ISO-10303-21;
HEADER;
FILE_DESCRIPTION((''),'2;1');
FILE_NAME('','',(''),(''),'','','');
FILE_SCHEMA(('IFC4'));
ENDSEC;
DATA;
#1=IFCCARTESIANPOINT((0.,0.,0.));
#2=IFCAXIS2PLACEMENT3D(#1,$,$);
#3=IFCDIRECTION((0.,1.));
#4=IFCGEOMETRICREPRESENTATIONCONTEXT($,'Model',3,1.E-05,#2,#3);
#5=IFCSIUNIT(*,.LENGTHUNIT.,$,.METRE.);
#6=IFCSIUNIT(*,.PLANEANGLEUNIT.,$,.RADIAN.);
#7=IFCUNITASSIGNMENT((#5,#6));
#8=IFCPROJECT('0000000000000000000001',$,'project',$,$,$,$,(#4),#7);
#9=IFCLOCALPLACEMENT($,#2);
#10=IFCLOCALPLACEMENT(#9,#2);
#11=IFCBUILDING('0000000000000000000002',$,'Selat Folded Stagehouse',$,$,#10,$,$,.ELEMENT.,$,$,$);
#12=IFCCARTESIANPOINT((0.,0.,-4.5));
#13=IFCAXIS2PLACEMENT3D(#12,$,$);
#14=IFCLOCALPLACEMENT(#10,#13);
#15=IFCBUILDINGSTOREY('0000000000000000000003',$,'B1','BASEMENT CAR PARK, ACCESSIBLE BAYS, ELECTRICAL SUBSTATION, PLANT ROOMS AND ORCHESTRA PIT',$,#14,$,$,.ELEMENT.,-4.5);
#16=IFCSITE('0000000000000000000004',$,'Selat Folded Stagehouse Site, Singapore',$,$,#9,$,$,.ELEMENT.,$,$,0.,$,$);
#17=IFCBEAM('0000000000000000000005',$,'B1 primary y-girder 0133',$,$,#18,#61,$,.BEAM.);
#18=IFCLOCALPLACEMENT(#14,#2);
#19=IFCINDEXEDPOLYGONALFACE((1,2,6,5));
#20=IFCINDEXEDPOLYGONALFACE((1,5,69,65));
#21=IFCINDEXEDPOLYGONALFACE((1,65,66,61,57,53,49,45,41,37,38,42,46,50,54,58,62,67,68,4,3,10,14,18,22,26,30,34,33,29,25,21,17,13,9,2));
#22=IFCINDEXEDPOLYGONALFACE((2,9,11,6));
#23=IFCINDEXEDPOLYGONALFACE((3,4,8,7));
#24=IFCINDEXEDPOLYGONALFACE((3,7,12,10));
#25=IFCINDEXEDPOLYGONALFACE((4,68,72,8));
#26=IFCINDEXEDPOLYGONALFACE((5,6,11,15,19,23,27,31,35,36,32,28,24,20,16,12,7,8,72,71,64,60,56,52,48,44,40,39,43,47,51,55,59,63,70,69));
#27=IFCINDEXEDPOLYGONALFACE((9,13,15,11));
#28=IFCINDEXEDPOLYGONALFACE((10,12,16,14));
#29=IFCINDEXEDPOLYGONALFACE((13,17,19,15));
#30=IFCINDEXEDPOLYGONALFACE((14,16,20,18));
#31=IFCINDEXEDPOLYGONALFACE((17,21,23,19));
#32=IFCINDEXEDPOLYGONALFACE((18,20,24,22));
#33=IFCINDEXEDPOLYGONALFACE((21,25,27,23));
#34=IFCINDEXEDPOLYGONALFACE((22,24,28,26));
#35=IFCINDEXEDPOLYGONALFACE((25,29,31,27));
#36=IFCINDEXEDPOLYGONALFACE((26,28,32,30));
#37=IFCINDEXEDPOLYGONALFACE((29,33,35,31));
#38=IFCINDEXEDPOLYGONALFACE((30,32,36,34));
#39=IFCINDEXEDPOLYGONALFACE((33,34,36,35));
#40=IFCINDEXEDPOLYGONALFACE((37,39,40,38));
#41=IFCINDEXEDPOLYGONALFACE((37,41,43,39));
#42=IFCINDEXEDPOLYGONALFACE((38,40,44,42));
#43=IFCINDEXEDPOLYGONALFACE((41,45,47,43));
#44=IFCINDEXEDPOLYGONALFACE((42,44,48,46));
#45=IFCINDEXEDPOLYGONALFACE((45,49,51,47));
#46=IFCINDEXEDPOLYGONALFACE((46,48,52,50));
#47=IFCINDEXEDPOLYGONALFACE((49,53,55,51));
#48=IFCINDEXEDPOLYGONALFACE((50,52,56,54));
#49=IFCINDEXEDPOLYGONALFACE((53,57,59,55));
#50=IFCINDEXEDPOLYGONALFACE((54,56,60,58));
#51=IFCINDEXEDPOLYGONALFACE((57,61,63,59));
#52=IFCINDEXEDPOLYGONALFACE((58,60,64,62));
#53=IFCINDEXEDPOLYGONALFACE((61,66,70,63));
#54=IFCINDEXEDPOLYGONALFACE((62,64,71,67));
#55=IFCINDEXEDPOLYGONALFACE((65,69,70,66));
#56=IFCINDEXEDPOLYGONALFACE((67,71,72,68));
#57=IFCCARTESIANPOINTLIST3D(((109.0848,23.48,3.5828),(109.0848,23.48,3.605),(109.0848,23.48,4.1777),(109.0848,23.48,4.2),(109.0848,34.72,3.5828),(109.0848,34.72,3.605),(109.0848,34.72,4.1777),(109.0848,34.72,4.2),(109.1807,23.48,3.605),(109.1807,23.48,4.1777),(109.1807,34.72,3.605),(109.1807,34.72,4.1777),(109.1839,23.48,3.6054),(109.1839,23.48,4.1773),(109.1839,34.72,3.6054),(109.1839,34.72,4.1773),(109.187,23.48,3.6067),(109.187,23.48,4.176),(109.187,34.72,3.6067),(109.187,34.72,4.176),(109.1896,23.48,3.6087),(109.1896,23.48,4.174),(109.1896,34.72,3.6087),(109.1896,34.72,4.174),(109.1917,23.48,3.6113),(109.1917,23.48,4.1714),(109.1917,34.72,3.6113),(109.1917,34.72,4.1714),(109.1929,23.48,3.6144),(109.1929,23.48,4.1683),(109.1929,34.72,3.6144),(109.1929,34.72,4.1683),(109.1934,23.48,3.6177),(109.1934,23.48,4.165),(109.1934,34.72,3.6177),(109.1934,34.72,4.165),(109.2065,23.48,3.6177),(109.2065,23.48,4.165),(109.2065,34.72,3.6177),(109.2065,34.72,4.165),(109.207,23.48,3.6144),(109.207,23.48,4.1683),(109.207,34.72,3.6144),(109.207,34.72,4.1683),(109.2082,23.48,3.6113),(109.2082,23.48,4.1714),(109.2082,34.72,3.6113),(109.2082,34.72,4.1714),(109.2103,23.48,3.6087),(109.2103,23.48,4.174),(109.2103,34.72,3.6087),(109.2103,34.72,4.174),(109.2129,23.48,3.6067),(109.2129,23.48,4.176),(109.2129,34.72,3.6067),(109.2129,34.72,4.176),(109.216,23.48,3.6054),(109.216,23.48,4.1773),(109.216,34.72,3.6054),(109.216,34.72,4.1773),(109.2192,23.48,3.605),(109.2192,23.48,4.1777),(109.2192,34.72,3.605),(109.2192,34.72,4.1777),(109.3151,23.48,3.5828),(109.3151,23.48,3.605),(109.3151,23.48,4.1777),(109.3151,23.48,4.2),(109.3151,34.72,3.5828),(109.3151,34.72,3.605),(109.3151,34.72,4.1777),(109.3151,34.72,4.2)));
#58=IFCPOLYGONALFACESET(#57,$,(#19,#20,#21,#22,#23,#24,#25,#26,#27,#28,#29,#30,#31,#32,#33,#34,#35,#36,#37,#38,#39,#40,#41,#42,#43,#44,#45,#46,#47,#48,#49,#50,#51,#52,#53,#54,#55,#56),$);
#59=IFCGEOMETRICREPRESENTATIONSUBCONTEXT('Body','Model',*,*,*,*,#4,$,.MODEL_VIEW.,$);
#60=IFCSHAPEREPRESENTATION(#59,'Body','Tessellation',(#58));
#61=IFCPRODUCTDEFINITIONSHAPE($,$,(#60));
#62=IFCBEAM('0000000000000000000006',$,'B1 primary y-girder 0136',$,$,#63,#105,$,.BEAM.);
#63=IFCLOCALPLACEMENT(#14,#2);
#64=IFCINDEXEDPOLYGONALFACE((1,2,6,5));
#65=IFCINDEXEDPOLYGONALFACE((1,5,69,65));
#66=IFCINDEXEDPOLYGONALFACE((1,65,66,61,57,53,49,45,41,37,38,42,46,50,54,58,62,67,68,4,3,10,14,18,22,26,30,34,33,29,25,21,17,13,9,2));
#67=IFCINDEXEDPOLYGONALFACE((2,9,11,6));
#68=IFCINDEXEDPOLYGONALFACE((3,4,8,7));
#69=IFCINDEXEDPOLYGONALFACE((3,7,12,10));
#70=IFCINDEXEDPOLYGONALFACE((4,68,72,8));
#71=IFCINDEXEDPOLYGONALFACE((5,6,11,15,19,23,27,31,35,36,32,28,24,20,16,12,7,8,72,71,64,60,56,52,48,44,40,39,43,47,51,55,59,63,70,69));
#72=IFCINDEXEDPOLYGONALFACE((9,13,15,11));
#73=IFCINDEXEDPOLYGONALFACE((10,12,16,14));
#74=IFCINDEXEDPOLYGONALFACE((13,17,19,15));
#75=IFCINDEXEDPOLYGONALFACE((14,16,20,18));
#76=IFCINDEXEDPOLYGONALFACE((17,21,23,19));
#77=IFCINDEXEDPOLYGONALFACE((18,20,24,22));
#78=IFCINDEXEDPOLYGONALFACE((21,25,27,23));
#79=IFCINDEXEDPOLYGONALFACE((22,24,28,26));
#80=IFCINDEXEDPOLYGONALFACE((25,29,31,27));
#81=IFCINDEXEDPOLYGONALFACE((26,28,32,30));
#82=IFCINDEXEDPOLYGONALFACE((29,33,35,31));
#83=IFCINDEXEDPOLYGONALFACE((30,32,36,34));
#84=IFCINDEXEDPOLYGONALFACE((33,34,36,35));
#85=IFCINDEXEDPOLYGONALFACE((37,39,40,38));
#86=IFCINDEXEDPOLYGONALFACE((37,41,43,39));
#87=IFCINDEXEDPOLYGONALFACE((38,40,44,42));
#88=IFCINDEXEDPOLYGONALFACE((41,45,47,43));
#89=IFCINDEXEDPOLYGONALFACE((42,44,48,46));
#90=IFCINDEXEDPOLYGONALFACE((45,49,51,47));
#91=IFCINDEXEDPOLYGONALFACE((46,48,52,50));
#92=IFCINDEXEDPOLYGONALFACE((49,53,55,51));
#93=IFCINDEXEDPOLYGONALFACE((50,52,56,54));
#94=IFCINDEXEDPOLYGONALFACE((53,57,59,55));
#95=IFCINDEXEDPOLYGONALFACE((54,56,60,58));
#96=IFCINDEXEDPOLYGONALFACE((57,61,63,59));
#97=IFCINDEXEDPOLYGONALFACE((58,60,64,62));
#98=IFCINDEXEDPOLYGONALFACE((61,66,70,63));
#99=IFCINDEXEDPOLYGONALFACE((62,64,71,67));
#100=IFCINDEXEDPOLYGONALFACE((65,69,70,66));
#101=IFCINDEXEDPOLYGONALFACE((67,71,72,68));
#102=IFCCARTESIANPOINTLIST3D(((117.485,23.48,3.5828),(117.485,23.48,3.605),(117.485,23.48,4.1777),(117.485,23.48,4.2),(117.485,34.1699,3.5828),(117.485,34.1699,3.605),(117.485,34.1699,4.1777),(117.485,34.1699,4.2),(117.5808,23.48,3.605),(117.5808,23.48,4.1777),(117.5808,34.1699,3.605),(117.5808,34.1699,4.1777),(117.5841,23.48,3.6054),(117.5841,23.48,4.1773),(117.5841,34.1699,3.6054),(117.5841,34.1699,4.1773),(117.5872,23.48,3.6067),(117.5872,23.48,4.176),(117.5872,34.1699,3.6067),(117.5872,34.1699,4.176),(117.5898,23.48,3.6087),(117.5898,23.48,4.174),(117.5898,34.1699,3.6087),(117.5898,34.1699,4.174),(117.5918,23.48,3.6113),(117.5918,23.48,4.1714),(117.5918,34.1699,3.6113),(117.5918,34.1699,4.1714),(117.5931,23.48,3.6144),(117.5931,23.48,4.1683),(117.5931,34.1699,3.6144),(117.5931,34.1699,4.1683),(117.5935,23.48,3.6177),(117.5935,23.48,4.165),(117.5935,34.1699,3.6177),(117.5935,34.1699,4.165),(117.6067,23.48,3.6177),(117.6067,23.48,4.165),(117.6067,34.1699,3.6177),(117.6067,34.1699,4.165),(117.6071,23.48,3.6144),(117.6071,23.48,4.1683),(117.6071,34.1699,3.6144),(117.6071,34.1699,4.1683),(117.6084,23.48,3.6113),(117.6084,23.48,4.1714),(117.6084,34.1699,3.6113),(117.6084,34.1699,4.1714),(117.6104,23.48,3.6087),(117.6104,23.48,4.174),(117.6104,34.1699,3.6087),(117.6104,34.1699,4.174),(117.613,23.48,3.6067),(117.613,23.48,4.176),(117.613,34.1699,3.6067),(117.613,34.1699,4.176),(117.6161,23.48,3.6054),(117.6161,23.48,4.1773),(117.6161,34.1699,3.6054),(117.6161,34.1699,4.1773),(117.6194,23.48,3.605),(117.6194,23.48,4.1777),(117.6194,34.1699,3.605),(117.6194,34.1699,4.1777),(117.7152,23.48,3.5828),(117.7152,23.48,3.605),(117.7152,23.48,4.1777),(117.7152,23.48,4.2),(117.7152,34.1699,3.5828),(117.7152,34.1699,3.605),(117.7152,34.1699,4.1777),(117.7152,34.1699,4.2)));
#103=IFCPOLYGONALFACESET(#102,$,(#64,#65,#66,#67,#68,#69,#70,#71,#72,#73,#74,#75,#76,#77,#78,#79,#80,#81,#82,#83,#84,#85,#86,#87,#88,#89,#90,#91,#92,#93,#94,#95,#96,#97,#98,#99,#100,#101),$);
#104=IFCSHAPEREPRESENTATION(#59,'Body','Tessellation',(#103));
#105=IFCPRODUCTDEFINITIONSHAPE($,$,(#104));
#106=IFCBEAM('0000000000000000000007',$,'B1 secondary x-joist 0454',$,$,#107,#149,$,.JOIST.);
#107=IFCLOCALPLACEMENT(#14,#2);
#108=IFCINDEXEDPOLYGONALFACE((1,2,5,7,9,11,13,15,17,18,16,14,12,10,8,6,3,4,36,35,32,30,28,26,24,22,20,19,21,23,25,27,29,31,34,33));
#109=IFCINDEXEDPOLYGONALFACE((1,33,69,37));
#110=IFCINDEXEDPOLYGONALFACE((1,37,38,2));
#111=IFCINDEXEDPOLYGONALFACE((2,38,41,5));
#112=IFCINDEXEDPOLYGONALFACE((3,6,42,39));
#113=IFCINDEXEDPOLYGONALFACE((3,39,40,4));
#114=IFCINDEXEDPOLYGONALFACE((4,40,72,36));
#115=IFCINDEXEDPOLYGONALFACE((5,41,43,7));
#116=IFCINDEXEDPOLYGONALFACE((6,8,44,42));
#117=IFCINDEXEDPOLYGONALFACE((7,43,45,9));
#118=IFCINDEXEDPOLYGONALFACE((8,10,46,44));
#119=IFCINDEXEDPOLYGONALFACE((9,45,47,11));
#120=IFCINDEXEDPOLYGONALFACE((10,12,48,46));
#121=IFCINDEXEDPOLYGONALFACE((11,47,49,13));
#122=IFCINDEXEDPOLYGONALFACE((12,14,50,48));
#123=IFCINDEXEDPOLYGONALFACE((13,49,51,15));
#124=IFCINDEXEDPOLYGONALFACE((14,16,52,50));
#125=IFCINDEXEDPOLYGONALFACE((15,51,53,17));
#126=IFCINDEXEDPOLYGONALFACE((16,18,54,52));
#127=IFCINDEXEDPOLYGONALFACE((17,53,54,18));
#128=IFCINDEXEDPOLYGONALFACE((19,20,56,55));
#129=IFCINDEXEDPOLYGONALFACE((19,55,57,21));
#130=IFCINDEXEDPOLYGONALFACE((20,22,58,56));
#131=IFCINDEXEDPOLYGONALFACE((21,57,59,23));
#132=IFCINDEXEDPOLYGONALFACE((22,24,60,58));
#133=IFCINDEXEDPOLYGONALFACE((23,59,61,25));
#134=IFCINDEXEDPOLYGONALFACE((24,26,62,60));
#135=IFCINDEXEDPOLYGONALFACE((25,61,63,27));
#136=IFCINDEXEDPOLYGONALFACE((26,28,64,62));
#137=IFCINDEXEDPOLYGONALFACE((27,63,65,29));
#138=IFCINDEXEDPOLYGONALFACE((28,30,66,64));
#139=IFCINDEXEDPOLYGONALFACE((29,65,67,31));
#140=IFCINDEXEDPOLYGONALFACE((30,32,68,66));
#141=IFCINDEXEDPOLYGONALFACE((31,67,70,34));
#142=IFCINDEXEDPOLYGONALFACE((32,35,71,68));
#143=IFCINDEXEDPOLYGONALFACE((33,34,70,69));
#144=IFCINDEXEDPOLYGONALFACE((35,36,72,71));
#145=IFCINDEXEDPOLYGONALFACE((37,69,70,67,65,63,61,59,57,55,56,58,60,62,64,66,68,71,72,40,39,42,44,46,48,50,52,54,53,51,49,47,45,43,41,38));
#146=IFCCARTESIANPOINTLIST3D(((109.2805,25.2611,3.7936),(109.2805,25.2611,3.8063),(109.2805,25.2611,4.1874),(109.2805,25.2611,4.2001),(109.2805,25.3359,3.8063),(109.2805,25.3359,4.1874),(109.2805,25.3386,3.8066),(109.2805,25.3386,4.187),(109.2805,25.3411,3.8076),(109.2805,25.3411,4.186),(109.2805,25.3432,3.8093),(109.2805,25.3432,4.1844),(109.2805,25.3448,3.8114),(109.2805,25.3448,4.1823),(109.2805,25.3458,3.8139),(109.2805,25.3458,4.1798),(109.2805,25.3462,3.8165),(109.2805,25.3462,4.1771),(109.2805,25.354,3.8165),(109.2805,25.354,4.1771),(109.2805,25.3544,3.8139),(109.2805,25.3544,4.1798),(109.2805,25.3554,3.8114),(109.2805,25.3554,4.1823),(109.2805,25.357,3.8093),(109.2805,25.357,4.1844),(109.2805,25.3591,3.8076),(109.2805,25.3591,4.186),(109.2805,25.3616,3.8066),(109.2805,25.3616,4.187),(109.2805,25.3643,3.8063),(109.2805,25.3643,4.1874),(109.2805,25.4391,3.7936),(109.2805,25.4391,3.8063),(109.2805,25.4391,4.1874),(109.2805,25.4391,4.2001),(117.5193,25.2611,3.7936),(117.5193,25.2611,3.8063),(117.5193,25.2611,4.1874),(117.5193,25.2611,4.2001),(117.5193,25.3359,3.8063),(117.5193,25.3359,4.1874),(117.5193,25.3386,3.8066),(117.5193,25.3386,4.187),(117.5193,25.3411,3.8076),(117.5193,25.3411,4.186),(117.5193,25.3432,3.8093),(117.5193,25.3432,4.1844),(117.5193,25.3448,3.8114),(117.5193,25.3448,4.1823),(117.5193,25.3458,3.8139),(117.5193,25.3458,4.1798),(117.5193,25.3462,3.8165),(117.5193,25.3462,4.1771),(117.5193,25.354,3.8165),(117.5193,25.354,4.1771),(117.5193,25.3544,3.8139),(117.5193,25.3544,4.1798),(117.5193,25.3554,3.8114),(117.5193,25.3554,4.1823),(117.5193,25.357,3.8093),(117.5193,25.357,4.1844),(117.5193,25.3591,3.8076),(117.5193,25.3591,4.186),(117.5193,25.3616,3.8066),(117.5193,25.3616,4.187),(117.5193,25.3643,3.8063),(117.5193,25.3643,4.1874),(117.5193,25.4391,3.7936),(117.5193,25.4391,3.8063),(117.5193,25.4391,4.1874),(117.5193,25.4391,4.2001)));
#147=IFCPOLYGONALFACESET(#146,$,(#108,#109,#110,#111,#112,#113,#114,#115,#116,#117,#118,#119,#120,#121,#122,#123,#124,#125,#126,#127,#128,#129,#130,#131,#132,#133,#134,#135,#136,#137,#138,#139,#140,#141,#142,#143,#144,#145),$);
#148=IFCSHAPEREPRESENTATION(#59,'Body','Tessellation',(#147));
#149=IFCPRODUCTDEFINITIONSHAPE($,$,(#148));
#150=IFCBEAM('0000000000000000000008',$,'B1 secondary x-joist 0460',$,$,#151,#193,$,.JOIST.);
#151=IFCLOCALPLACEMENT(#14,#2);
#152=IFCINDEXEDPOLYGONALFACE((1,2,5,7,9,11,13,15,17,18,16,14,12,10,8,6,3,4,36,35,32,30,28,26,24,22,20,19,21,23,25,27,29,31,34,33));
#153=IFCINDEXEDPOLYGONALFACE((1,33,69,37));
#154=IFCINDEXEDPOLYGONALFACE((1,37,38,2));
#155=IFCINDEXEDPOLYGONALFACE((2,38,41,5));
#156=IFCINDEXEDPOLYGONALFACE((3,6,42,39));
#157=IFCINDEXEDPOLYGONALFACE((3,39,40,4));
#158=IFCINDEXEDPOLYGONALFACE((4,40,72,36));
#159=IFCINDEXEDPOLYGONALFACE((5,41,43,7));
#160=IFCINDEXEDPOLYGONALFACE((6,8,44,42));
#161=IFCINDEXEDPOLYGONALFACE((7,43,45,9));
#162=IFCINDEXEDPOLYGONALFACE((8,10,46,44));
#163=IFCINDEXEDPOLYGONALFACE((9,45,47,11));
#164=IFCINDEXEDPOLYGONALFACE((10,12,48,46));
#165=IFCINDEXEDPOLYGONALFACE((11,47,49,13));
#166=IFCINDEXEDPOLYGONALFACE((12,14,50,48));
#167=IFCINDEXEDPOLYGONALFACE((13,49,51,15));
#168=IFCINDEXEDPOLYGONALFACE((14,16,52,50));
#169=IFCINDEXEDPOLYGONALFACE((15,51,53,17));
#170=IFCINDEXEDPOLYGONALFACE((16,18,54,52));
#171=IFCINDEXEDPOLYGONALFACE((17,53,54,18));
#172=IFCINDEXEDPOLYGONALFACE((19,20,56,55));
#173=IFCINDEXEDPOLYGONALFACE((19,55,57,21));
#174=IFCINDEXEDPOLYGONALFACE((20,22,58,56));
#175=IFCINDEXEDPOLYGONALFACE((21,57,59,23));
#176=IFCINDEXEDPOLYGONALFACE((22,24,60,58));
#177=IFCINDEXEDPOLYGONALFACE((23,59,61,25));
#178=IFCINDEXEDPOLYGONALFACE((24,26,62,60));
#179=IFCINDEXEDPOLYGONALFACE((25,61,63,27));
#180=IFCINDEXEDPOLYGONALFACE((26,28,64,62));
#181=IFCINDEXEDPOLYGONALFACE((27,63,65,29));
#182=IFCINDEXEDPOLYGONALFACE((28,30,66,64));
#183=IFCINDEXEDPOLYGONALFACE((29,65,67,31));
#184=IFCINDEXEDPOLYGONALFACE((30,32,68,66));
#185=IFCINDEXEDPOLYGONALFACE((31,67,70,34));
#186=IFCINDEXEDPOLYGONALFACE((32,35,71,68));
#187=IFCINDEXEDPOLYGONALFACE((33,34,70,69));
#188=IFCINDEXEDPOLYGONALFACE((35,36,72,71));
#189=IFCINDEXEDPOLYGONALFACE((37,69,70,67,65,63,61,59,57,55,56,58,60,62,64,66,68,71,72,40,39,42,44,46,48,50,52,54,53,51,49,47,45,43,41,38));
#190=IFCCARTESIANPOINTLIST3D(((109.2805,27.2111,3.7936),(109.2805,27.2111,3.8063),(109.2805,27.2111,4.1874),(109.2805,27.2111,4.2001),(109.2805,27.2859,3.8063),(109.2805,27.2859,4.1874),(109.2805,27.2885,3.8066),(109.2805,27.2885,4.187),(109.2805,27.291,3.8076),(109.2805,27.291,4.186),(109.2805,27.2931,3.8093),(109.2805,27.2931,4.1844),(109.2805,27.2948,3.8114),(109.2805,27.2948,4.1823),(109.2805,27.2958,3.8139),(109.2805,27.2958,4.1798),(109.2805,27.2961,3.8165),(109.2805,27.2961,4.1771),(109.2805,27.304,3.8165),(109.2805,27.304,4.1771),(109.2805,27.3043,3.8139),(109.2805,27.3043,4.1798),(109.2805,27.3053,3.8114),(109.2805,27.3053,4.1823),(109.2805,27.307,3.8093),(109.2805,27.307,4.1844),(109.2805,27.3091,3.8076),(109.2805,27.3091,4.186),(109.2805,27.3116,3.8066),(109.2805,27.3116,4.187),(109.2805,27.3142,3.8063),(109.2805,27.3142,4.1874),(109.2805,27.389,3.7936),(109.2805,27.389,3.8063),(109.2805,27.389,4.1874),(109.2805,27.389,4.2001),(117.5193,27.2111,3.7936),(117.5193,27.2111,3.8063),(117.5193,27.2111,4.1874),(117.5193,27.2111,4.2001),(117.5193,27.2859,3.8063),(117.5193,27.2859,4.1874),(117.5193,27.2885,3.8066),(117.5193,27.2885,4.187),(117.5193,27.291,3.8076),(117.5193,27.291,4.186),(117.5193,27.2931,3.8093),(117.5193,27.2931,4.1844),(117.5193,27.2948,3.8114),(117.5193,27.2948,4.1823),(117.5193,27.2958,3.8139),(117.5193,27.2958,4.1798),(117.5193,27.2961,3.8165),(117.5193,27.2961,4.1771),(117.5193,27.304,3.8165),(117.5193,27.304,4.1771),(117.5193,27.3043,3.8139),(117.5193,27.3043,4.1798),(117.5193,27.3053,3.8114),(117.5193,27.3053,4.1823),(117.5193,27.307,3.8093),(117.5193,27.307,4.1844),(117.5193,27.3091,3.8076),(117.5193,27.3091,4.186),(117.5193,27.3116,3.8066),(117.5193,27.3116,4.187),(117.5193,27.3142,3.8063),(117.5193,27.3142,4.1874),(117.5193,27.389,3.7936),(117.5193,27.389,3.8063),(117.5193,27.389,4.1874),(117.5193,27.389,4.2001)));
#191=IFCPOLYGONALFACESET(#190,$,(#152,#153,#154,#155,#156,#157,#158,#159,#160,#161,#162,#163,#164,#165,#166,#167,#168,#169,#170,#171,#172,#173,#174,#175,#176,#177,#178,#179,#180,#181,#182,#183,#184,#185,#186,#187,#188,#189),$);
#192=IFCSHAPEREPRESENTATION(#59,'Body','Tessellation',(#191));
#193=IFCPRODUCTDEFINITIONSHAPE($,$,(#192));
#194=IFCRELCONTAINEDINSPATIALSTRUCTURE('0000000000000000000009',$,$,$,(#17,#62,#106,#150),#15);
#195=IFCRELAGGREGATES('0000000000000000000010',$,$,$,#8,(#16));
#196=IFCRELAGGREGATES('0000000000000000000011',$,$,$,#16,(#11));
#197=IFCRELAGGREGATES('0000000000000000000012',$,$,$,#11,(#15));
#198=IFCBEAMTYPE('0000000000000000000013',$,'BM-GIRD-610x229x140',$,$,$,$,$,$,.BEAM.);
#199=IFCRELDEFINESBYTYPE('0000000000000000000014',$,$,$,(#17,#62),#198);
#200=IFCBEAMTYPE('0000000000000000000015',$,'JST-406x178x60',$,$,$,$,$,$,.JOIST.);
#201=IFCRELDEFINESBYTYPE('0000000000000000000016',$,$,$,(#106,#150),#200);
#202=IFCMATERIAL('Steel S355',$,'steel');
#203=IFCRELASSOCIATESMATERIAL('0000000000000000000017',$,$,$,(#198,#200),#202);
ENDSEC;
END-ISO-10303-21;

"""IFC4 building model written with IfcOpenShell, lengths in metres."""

from ifc_helpers import new_model, si_unit, direction, frame, origin, origin_2d, place, context, subcontext, project, spatial, i_section, extrude, material, material_profile, profile_set, type_object, element, save


model = new_model("IFC4")

# Units and contexts
model_context = context("Model", 3, precision=1e-05, world=origin(), true_north=direction((0.0, 1.0)))
body_context = subcontext(model_context, "Body", "Model", "MODEL_VIEW")
ifc_project = project(units=[si_unit("LENGTHUNIT", "METRE"), si_unit("PLANEANGLEUNIT", "RADIAN")], contexts=[model_context])

# Site, building, storey
site_placement = place(None, origin())
site = spatial("IfcSite", under=ifc_project, at=site_placement, Name="Selat Folded Stagehouse Site, Singapore", CompositionType="ELEMENT", RefElevation=0.0)
building_placement = place(site_placement, origin())
building = spatial("IfcBuilding", under=site, at=building_placement, Name="Selat Folded Stagehouse", CompositionType="ELEMENT")
storey_placement = place(building_placement, frame((0.0, 0.0, -4.5)))
storey = spatial("IfcBuildingStorey", under=building, at=storey_placement, Name="B1", Description="BASEMENT CAR PARK, ACCESSIBLE BAYS, ELECTRICAL SUBSTATION, PLANT ROOMS AND ORCHESTRA PIT", CompositionType="ELEMENT", Elevation=-4.5)

# Beams
ifc_material_1 = material(Name="Steel S355", Category="steel")
ifc_material_profile_1 = material_profile(ifc_material_1, i_section(OverallWidth=0.2302, OverallDepth=0.6172, WebThickness=0.0132, FlangeThickness=0.0222, FilletRadius=0.0127, at=origin_2d()), Name="UKB 610x229x140")
ifc_profile_set_1 = profile_set([ifc_material_profile_1], Name="Steel S355")
beam_type_1 = type_object("IfcBeamType", Name="BM-GIRD-610x229x140", PredefinedType="BEAM", material=ifc_profile_set_1)
beam_1_placement = place(storey_placement, frame((109.2, 23.48, 3.8914), z_axis=(0.0, 1.0, 0.0), x_axis=(-1.0, 0.0, 0.0)))
element("IfcBeam", 1, at=beam_1_placement, inside=storey, type_object=beam_type_1, Name="B1 primary y-girder 0133", PredefinedType="BEAM", context=body_context, shape_type="SweptSolid", body=[
    extrude(i_section(OverallWidth=0.2302, OverallDepth=0.6172, WebThickness=0.0132, FlangeThickness=0.0222, FilletRadius=0.0127, at=origin_2d()), origin(), (0.0, 0.0, 1.0), 11.24),
])
beam_2_placement = place(storey_placement, frame((117.6001, 23.48, 3.8914), z_axis=(0.0, 1.0, 0.0), x_axis=(-1.0, 0.0, 0.0)))
element("IfcBeam", 2, at=beam_2_placement, inside=storey, type_object=beam_type_1, Name="B1 primary y-girder 0136", PredefinedType="BEAM", context=body_context, shape_type="SweptSolid", body=[
    extrude(i_section(OverallWidth=0.2302, OverallDepth=0.6172, WebThickness=0.0132, FlangeThickness=0.0222, FilletRadius=0.0127, at=origin_2d()), origin(), (0.0, 0.0, 1.0), 10.6899),
])
ifc_material_profile_2 = material_profile(ifc_material_1, i_section(OverallWidth=0.178, OverallDepth=0.4065, WebThickness=0.0078, FlangeThickness=0.0127, FilletRadius=0.0103, at=origin_2d()), Name="UKB 406x178x60")
ifc_profile_set_2 = profile_set([ifc_material_profile_2], Name="Steel S355")
beam_type_2 = type_object("IfcBeamType", Name="JST-406x178x60", PredefinedType="JOIST", material=ifc_profile_set_2)
for number, where, z_axis, x_axis, name in (
    (3, (109.2805, 25.3501, 3.9968), (1.0, 0.0, 0.0), (0.0, 1.0, 0.0), "B1 secondary x-joist 0454"),
    (4, (109.2805, 27.3, 3.9968), (1.0, 0.0, 0.0), (0.0, 1.0, 0.0), "B1 secondary x-joist 0460"),
):
    element("IfcBeam", number, at=place(storey_placement, frame(where, z_axis=z_axis, x_axis=x_axis)), inside=storey, type_object=beam_type_2, Name=name, PredefinedType="JOIST", context=body_context, shape_type="SweptSolid", body=[
        extrude(i_section(OverallWidth=0.178, OverallDepth=0.4065, WebThickness=0.0078, FlangeThickness=0.0127, FilletRadius=0.0103, at=origin_2d()), origin(), (0.0, 0.0, 1.0), 8.2388),
    ])

save(model, "model.ifc")
